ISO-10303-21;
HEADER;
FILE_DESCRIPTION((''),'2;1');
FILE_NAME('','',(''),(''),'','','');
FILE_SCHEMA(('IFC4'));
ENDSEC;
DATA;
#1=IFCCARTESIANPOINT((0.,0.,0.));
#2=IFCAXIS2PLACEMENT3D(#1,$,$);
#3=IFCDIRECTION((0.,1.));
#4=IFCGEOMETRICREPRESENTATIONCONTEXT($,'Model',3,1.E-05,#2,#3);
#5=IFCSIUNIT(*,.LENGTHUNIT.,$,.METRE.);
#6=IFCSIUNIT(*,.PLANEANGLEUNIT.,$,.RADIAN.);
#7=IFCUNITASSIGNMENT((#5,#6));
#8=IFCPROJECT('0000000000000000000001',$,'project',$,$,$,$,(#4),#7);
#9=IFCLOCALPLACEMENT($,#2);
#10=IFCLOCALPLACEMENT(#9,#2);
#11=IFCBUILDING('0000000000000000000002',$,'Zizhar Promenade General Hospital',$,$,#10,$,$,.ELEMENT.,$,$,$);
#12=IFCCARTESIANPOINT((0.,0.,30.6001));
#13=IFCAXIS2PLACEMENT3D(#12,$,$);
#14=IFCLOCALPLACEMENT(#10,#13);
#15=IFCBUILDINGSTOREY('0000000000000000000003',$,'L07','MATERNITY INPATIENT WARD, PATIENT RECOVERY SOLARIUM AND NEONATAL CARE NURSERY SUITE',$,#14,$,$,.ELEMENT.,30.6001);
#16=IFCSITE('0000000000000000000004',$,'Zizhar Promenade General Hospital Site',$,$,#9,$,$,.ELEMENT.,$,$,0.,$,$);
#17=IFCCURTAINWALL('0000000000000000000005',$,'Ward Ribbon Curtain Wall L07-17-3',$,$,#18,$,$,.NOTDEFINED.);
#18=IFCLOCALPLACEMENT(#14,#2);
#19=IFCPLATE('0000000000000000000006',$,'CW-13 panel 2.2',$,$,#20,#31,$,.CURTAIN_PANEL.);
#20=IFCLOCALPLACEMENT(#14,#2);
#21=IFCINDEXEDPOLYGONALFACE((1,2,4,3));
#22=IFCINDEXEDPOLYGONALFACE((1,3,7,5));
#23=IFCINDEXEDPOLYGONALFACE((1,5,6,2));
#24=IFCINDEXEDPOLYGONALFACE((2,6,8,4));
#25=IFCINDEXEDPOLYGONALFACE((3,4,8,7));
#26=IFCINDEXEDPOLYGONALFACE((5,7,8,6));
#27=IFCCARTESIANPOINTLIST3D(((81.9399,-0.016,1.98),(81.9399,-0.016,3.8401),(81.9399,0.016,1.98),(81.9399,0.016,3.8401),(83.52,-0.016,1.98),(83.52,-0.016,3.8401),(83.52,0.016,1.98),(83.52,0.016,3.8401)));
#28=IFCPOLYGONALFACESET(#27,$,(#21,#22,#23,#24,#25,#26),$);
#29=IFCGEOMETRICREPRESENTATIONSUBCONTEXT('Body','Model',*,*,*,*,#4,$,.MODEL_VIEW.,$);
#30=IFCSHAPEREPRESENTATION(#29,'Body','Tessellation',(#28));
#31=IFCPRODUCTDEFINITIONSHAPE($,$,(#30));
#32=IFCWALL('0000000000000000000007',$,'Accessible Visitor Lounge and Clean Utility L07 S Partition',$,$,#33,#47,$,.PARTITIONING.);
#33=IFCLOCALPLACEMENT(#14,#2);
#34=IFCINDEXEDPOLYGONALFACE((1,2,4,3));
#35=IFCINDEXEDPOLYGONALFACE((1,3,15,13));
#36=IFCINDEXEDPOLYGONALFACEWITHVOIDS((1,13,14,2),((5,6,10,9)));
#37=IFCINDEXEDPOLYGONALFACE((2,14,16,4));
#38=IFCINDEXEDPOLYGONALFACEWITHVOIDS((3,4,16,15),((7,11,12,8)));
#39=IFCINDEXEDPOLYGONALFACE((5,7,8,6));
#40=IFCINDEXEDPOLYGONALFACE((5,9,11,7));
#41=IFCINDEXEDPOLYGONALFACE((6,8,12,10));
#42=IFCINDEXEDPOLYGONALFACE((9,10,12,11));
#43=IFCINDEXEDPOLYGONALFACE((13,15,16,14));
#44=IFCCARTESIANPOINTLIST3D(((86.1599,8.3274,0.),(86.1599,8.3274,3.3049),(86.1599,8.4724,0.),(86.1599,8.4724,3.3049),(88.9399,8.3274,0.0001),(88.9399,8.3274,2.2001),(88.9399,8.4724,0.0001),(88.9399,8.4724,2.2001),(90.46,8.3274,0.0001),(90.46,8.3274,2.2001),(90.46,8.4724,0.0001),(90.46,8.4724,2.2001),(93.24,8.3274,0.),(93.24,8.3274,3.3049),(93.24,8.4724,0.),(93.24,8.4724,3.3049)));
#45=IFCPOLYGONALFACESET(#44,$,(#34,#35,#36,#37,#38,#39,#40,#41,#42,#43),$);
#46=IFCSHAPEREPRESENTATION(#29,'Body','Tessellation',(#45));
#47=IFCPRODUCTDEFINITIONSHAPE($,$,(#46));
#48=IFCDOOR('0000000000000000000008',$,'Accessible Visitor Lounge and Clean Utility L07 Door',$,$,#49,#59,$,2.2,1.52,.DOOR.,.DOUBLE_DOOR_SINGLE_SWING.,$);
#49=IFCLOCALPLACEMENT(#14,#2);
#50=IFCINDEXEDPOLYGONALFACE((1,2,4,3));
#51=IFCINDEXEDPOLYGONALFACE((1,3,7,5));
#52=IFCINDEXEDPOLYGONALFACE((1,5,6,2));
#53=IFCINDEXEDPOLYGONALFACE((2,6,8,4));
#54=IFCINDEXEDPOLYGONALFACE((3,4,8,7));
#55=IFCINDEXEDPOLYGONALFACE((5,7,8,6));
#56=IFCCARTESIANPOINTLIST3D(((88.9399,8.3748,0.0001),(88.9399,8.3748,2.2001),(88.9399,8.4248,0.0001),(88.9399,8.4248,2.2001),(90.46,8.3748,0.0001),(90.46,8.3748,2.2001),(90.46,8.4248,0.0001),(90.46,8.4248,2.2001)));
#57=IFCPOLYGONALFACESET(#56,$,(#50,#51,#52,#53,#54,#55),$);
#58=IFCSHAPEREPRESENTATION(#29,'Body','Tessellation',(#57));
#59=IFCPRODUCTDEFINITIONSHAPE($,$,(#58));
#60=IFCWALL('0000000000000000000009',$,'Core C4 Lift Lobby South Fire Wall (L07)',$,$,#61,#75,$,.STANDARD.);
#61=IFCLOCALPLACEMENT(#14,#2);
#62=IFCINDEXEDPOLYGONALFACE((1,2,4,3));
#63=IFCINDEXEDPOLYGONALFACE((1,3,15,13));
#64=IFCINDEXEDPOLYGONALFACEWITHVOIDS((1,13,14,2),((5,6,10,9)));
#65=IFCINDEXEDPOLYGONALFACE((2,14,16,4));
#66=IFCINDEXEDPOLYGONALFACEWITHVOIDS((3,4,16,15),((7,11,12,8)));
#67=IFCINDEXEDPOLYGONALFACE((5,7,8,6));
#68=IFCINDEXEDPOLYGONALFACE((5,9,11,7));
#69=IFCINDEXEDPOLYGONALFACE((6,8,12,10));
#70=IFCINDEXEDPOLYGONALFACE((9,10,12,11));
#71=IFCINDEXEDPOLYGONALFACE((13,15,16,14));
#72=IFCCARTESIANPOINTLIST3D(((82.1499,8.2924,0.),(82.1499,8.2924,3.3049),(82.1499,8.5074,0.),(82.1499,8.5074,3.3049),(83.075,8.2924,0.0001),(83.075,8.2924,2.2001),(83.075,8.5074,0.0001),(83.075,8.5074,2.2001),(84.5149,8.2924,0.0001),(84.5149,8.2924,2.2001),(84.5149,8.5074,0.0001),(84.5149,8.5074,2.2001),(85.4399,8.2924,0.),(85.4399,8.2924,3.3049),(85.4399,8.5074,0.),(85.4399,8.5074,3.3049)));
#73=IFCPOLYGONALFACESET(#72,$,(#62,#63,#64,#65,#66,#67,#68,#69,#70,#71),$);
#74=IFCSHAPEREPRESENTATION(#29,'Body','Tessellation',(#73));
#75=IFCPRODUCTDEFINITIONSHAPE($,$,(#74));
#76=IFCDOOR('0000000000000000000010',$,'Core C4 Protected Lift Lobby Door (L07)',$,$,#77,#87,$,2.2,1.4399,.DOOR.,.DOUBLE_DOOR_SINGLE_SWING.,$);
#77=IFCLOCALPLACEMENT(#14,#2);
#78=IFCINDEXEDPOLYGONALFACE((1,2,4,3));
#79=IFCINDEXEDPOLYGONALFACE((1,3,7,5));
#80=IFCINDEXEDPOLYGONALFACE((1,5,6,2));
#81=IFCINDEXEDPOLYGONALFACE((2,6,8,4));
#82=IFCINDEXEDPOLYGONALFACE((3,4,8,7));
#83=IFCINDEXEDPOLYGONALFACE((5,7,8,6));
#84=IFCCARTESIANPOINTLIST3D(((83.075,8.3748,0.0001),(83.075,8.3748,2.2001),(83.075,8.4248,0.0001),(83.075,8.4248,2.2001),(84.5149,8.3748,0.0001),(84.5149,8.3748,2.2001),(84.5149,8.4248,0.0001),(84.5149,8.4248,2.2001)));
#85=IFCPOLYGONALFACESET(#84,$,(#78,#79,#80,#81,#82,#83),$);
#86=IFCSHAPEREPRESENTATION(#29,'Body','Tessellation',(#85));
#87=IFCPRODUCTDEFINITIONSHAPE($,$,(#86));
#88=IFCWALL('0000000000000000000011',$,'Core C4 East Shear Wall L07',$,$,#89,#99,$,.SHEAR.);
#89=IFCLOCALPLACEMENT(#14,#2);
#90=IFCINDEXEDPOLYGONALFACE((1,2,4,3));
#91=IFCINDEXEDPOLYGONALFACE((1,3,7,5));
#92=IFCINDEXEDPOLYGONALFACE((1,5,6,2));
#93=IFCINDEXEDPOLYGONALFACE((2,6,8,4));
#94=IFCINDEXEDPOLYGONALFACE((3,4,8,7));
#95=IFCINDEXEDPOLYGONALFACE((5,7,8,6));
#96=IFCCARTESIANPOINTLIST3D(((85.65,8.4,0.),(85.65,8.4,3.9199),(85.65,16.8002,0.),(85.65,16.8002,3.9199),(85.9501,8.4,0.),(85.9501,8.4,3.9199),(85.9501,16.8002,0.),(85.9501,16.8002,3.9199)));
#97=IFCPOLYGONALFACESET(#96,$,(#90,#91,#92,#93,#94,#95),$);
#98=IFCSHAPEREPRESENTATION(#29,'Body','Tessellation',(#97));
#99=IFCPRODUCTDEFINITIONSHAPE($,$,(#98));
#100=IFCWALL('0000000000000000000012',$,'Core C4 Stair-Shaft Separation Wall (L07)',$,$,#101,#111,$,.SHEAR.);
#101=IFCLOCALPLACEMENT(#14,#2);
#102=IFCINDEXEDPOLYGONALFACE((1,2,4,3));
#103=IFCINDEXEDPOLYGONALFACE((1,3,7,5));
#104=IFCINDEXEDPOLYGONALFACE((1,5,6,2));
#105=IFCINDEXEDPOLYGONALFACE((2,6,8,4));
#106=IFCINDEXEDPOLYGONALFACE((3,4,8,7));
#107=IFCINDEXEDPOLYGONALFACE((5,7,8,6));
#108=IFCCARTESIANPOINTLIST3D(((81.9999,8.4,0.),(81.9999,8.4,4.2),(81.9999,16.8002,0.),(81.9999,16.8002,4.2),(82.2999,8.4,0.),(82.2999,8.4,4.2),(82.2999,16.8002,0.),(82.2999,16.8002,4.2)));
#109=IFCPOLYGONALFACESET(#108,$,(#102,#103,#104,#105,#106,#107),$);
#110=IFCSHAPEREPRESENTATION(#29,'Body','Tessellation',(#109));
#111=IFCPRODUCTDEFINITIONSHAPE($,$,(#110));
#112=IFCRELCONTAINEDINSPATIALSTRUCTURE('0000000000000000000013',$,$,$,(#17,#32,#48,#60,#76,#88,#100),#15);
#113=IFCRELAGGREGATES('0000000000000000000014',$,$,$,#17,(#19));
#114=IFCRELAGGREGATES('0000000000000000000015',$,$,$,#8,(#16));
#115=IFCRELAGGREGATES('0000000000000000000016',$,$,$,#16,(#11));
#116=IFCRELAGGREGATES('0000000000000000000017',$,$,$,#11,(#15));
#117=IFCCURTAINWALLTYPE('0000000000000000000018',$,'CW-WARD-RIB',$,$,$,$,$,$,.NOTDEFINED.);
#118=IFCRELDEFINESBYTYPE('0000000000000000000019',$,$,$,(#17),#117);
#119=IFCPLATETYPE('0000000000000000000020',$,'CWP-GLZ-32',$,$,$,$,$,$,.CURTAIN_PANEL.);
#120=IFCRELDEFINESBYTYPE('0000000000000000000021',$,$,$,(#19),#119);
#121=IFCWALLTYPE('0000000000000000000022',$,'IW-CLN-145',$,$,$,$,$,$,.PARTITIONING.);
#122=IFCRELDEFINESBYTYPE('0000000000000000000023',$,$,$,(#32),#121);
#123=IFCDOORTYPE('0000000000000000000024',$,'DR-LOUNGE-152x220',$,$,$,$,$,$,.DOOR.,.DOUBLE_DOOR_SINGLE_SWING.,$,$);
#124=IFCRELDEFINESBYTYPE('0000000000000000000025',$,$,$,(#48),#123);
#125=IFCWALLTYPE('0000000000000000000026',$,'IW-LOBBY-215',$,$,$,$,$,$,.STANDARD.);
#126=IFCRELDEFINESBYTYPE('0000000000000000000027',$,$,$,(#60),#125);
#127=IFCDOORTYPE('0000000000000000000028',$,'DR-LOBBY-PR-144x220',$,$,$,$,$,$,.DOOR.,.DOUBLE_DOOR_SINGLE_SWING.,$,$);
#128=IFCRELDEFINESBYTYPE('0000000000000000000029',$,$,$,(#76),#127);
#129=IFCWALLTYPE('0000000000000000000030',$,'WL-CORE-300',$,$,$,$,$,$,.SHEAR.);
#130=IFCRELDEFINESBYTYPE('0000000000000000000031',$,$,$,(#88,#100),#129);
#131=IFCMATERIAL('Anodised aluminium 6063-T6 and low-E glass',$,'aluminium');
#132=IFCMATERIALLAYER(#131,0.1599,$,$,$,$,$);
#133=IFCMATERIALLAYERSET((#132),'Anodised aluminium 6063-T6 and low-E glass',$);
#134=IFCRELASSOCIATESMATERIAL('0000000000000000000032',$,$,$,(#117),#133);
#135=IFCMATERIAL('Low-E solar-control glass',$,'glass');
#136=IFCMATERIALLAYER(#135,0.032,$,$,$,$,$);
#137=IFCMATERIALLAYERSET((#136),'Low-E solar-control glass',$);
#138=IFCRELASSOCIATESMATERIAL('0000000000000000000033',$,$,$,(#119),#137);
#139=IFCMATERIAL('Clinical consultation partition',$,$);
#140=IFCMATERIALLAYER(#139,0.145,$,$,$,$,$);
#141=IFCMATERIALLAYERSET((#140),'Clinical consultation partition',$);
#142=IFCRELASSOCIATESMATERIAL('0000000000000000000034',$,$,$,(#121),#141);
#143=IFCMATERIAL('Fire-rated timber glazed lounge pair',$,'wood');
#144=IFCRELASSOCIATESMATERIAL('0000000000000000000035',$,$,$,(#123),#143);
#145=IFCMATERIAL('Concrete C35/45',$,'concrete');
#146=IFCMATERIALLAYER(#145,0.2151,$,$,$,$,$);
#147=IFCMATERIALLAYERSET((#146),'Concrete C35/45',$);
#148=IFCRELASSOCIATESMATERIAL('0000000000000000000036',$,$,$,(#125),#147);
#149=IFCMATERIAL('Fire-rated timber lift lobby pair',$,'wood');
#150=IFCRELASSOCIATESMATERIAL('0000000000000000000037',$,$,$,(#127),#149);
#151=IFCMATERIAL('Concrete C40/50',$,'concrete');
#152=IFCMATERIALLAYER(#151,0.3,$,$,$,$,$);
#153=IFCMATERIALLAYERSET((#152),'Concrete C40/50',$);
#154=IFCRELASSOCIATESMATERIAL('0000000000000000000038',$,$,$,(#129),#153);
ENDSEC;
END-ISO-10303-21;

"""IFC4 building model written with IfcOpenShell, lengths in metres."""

from ifc_helpers import new_model, si_unit, direction, frame, frame_2d, origin, origin_2d, place, context, subcontext, project, spatial, rectangle, extrude, material, layer, layer_set, type_object, element, fill, aggregate, save


model = new_model("IFC4")

# Units and contexts
model_context = context("Model", 3, precision=1e-05, world=origin(), true_north=direction((0.0, 1.0)))
body_context = subcontext(model_context, "Body", "Model", "MODEL_VIEW")
ifc_project = project(units=[si_unit("LENGTHUNIT", "METRE"), si_unit("PLANEANGLEUNIT", "RADIAN")], contexts=[model_context])

# Site, building, storey
site_placement = place(None, origin())
site = spatial("IfcSite", under=ifc_project, at=site_placement, Name="Zizhar Promenade General Hospital Site", CompositionType="ELEMENT", RefElevation=0.0)
building_placement = place(site_placement, origin())
building = spatial("IfcBuilding", under=site, at=building_placement, Name="Zizhar Promenade General Hospital", CompositionType="ELEMENT")
storey_placement = place(building_placement, frame((0.0, 0.0, 30.6001)))
storey = spatial("IfcBuildingStorey", under=building, at=storey_placement, Name="L07", Description="MATERNITY INPATIENT WARD, PATIENT RECOVERY SOLARIUM AND NEONATAL CARE NURSERY SUITE", CompositionType="ELEMENT", Elevation=30.6001)

# Curtain wall
ifc_material_1 = material(Name="Anodised aluminium 6063-T6 and low-E glass", Category="aluminium")
ifc_layer_1 = layer(ifc_material_1, 0.1599)
ifc_layer_set_1 = layer_set([ifc_layer_1], Name="Anodised aluminium 6063-T6 and low-E glass")
curtain_wall_type = type_object("IfcCurtainWallType", Name="CW-WARD-RIB", PredefinedType="NOTDEFINED", material=ifc_layer_set_1)
curtain_wall_1_placement = place(storey_placement, origin())
curtain_wall_1 = element("IfcCurtainWall", 1, at=curtain_wall_1_placement, inside=storey, type_object=curtain_wall_type, Name="Ward Ribbon Curtain Wall L07-17-3", PredefinedType="NOTDEFINED")

# Plate
ifc_material_2 = material(Name="Low-E solar-control glass", Category="glass")
ifc_layer_2 = layer(ifc_material_2, 0.032)
ifc_layer_set_2 = layer_set([ifc_layer_2], Name="Low-E solar-control glass")
plate_type = type_object("IfcPlateType", Name="CWP-GLZ-32", PredefinedType="CURTAIN_PANEL", material=ifc_layer_set_2)
plate_1_placement = place(storey_placement, frame((82.73, 0.0, 1.98), z_axis=(0.0, 0.0, 1.0), x_axis=(-1.0, 0.0, 0.0)))
plate_1 = element("IfcPlate", 2, at=plate_1_placement, type_object=plate_type, Name="CW-13 panel 2.2", PredefinedType="CURTAIN_PANEL", context=body_context, shape_type="SweptSolid", body=[
    extrude(rectangle(XDim=1.5801, YDim=0.032, at=origin_2d()), origin(), (0.0, 0.0, 1.0), 1.8601),
])
aggregate(curtain_wall_1, [plate_1])

# Walls, openings, doors
ifc_material_3 = material(Name="Clinical consultation partition")
ifc_layer_3 = layer(ifc_material_3, 0.145)
ifc_layer_set_3 = layer_set([ifc_layer_3], Name="Clinical consultation partition")
wall_type_1 = type_object("IfcWallType", Name="IW-CLN-145", PredefinedType="PARTITIONING", material=ifc_layer_set_3)
wall_1_placement = place(storey_placement, frame((86.1599, 8.3999, 0.0), z_axis=(0.0, 0.0, 1.0), x_axis=(1.0, 0.0, 0.0)))
wall_1 = element("IfcWall", 3, at=wall_1_placement, inside=storey, type_object=wall_type_1, Name="Accessible Visitor Lounge and Clean Utility L07 S Partition", PredefinedType="PARTITIONING", context=body_context, shape_type="SweptSolid", body=[
    extrude(rectangle(XDim=7.0801, YDim=0.145, at=frame_2d((3.54, 0.0))), origin(), (0.0, 0.0, 1.0), 3.3049),
])
opening_1_placement = place(wall_1_placement, frame((2.78, 0.0, 0.0)))
opening_1 = element("IfcOpeningElement", 4, at=opening_1_placement, cuts=wall_1, PredefinedType="OPENING", context=body_context, shape_type="SweptSolid", body=[
    extrude(rectangle(XDim=1.52, YDim=2.2, at=frame_2d((0.76, 1.1001))), frame((0.0, 0.0825, 0.0), z_axis=(0.0, -1.0, 0.0), x_axis=(1.0, 0.0, 0.0)), (0.0, 0.0, 1.0), 0.165),
])
ifc_material_4 = material(Name="Fire-rated timber glazed lounge pair", Category="wood")
door_type_1 = type_object("IfcDoorType", Name="DR-LOUNGE-152x220", OperationType="DOUBLE_DOOR_SINGLE_SWING", PredefinedType="DOOR", material=ifc_material_4)
door_1_placement = place(opening_1_placement, origin())
door_1 = element("IfcDoor", 5, at=door_1_placement, inside=storey, type_object=door_type_1, Name="Accessible Visitor Lounge and Clean Utility L07 Door", OperationType="DOUBLE_DOOR_SINGLE_SWING", OverallHeight=2.2, OverallWidth=1.52, PredefinedType="DOOR", context=body_context, shape_type="SweptSolid", body=[
    extrude(rectangle(XDim=1.52, YDim=2.2, at=frame_2d((0.76, 1.1001))), frame((0.0, 0.0249, 0.0), z_axis=(0.0, -1.0, 0.0), x_axis=(1.0, 0.0, 0.0)), (0.0, 0.0, 1.0), 0.05),
])
fill(opening_1, door_1)
ifc_material_5 = material(Name="Concrete C35/45", Category="concrete")
ifc_layer_4 = layer(ifc_material_5, 0.2151)
ifc_layer_set_4 = layer_set([ifc_layer_4], Name="Concrete C35/45")
wall_type_2 = type_object("IfcWallType", Name="IW-LOBBY-215", PredefinedType="STANDARD", material=ifc_layer_set_4)
wall_2_placement = place(storey_placement, frame((82.1499, 8.3999, 0.0), z_axis=(0.0, 0.0, 1.0), x_axis=(1.0, 0.0, 0.0)))
wall_2 = element("IfcWall", 6, at=wall_2_placement, inside=storey, type_object=wall_type_2, Name="Core C4 Lift Lobby South Fire Wall (L07)", PredefinedType="STANDARD", context=body_context, shape_type="SweptSolid", body=[
    extrude(rectangle(XDim=3.29, YDim=0.2151, at=frame_2d((1.645, 0.0))), origin(), (0.0, 0.0, 1.0), 3.3049),
])
opening_2_placement = place(wall_2_placement, frame((0.925, 0.0, 0.0)))
opening_2 = element("IfcOpeningElement", 7, at=opening_2_placement, cuts=wall_2, PredefinedType="OPENING", context=body_context, shape_type="SweptSolid", body=[
    extrude(rectangle(XDim=1.4399, YDim=2.2, at=frame_2d((0.72, 1.1001))), frame((0.0, 0.1177, 0.0), z_axis=(0.0, -1.0, 0.0), x_axis=(1.0, 0.0, 0.0)), (0.0, 0.0, 1.0), 0.2351),
])
ifc_material_6 = material(Name="Fire-rated timber lift lobby pair", Category="wood")
door_type_2 = type_object("IfcDoorType", Name="DR-LOBBY-PR-144x220", OperationType="DOUBLE_DOOR_SINGLE_SWING", PredefinedType="DOOR", material=ifc_material_6)
door_2_placement = place(opening_2_placement, origin())
door_2 = element("IfcDoor", 8, at=door_2_placement, inside=storey, type_object=door_type_2, Name="Core C4 Protected Lift Lobby Door (L07)", OperationType="DOUBLE_DOOR_SINGLE_SWING", OverallHeight=2.2, OverallWidth=1.4399, PredefinedType="DOOR", context=body_context, shape_type="SweptSolid", body=[
    extrude(rectangle(XDim=1.4399, YDim=2.2, at=frame_2d((0.72, 1.1001))), frame((0.0, 0.0249, 0.0), z_axis=(0.0, -1.0, 0.0), x_axis=(1.0, 0.0, 0.0)), (0.0, 0.0, 1.0), 0.05),
])
fill(opening_2, door_2)

# Walls
ifc_material_7 = material(Name="Concrete C40/50", Category="concrete")
ifc_layer_5 = layer(ifc_material_7, 0.3)
ifc_layer_set_5 = layer_set([ifc_layer_5], Name="Concrete C40/50")
wall_type_3 = type_object("IfcWallType", Name="WL-CORE-300", PredefinedType="SHEAR", material=ifc_layer_set_5)
wall_3_placement = place(storey_placement, frame((85.8, 8.3999, 0.0), z_axis=(0.0, 0.0, 1.0), x_axis=(0.0, 1.0, 0.0)))
element("IfcWall", 9, at=wall_3_placement, inside=storey, type_object=wall_type_3, Name="Core C4 East Shear Wall L07", PredefinedType="SHEAR", context=body_context, shape_type="SweptSolid", body=[
    extrude(rectangle(XDim=8.4001, YDim=0.3, at=frame_2d((4.2002, 0.0))), origin(), (0.0, 0.0, 1.0), 3.9199),
])
wall_4_placement = place(storey_placement, frame((82.1499, 8.3999, 0.0), z_axis=(0.0, 0.0, 1.0), x_axis=(0.0, 1.0, 0.0)))
element("IfcWall", 10, at=wall_4_placement, inside=storey, type_object=wall_type_3, Name="Core C4 Stair-Shaft Separation Wall (L07)", PredefinedType="SHEAR", context=body_context, shape_type="SweptSolid", body=[
    extrude(rectangle(XDim=8.4001, YDim=0.3, at=frame_2d((4.2002, 0.0))), origin(), (0.0, 0.0, 1.0), 4.2),
])

save(model, "model.ifc")
